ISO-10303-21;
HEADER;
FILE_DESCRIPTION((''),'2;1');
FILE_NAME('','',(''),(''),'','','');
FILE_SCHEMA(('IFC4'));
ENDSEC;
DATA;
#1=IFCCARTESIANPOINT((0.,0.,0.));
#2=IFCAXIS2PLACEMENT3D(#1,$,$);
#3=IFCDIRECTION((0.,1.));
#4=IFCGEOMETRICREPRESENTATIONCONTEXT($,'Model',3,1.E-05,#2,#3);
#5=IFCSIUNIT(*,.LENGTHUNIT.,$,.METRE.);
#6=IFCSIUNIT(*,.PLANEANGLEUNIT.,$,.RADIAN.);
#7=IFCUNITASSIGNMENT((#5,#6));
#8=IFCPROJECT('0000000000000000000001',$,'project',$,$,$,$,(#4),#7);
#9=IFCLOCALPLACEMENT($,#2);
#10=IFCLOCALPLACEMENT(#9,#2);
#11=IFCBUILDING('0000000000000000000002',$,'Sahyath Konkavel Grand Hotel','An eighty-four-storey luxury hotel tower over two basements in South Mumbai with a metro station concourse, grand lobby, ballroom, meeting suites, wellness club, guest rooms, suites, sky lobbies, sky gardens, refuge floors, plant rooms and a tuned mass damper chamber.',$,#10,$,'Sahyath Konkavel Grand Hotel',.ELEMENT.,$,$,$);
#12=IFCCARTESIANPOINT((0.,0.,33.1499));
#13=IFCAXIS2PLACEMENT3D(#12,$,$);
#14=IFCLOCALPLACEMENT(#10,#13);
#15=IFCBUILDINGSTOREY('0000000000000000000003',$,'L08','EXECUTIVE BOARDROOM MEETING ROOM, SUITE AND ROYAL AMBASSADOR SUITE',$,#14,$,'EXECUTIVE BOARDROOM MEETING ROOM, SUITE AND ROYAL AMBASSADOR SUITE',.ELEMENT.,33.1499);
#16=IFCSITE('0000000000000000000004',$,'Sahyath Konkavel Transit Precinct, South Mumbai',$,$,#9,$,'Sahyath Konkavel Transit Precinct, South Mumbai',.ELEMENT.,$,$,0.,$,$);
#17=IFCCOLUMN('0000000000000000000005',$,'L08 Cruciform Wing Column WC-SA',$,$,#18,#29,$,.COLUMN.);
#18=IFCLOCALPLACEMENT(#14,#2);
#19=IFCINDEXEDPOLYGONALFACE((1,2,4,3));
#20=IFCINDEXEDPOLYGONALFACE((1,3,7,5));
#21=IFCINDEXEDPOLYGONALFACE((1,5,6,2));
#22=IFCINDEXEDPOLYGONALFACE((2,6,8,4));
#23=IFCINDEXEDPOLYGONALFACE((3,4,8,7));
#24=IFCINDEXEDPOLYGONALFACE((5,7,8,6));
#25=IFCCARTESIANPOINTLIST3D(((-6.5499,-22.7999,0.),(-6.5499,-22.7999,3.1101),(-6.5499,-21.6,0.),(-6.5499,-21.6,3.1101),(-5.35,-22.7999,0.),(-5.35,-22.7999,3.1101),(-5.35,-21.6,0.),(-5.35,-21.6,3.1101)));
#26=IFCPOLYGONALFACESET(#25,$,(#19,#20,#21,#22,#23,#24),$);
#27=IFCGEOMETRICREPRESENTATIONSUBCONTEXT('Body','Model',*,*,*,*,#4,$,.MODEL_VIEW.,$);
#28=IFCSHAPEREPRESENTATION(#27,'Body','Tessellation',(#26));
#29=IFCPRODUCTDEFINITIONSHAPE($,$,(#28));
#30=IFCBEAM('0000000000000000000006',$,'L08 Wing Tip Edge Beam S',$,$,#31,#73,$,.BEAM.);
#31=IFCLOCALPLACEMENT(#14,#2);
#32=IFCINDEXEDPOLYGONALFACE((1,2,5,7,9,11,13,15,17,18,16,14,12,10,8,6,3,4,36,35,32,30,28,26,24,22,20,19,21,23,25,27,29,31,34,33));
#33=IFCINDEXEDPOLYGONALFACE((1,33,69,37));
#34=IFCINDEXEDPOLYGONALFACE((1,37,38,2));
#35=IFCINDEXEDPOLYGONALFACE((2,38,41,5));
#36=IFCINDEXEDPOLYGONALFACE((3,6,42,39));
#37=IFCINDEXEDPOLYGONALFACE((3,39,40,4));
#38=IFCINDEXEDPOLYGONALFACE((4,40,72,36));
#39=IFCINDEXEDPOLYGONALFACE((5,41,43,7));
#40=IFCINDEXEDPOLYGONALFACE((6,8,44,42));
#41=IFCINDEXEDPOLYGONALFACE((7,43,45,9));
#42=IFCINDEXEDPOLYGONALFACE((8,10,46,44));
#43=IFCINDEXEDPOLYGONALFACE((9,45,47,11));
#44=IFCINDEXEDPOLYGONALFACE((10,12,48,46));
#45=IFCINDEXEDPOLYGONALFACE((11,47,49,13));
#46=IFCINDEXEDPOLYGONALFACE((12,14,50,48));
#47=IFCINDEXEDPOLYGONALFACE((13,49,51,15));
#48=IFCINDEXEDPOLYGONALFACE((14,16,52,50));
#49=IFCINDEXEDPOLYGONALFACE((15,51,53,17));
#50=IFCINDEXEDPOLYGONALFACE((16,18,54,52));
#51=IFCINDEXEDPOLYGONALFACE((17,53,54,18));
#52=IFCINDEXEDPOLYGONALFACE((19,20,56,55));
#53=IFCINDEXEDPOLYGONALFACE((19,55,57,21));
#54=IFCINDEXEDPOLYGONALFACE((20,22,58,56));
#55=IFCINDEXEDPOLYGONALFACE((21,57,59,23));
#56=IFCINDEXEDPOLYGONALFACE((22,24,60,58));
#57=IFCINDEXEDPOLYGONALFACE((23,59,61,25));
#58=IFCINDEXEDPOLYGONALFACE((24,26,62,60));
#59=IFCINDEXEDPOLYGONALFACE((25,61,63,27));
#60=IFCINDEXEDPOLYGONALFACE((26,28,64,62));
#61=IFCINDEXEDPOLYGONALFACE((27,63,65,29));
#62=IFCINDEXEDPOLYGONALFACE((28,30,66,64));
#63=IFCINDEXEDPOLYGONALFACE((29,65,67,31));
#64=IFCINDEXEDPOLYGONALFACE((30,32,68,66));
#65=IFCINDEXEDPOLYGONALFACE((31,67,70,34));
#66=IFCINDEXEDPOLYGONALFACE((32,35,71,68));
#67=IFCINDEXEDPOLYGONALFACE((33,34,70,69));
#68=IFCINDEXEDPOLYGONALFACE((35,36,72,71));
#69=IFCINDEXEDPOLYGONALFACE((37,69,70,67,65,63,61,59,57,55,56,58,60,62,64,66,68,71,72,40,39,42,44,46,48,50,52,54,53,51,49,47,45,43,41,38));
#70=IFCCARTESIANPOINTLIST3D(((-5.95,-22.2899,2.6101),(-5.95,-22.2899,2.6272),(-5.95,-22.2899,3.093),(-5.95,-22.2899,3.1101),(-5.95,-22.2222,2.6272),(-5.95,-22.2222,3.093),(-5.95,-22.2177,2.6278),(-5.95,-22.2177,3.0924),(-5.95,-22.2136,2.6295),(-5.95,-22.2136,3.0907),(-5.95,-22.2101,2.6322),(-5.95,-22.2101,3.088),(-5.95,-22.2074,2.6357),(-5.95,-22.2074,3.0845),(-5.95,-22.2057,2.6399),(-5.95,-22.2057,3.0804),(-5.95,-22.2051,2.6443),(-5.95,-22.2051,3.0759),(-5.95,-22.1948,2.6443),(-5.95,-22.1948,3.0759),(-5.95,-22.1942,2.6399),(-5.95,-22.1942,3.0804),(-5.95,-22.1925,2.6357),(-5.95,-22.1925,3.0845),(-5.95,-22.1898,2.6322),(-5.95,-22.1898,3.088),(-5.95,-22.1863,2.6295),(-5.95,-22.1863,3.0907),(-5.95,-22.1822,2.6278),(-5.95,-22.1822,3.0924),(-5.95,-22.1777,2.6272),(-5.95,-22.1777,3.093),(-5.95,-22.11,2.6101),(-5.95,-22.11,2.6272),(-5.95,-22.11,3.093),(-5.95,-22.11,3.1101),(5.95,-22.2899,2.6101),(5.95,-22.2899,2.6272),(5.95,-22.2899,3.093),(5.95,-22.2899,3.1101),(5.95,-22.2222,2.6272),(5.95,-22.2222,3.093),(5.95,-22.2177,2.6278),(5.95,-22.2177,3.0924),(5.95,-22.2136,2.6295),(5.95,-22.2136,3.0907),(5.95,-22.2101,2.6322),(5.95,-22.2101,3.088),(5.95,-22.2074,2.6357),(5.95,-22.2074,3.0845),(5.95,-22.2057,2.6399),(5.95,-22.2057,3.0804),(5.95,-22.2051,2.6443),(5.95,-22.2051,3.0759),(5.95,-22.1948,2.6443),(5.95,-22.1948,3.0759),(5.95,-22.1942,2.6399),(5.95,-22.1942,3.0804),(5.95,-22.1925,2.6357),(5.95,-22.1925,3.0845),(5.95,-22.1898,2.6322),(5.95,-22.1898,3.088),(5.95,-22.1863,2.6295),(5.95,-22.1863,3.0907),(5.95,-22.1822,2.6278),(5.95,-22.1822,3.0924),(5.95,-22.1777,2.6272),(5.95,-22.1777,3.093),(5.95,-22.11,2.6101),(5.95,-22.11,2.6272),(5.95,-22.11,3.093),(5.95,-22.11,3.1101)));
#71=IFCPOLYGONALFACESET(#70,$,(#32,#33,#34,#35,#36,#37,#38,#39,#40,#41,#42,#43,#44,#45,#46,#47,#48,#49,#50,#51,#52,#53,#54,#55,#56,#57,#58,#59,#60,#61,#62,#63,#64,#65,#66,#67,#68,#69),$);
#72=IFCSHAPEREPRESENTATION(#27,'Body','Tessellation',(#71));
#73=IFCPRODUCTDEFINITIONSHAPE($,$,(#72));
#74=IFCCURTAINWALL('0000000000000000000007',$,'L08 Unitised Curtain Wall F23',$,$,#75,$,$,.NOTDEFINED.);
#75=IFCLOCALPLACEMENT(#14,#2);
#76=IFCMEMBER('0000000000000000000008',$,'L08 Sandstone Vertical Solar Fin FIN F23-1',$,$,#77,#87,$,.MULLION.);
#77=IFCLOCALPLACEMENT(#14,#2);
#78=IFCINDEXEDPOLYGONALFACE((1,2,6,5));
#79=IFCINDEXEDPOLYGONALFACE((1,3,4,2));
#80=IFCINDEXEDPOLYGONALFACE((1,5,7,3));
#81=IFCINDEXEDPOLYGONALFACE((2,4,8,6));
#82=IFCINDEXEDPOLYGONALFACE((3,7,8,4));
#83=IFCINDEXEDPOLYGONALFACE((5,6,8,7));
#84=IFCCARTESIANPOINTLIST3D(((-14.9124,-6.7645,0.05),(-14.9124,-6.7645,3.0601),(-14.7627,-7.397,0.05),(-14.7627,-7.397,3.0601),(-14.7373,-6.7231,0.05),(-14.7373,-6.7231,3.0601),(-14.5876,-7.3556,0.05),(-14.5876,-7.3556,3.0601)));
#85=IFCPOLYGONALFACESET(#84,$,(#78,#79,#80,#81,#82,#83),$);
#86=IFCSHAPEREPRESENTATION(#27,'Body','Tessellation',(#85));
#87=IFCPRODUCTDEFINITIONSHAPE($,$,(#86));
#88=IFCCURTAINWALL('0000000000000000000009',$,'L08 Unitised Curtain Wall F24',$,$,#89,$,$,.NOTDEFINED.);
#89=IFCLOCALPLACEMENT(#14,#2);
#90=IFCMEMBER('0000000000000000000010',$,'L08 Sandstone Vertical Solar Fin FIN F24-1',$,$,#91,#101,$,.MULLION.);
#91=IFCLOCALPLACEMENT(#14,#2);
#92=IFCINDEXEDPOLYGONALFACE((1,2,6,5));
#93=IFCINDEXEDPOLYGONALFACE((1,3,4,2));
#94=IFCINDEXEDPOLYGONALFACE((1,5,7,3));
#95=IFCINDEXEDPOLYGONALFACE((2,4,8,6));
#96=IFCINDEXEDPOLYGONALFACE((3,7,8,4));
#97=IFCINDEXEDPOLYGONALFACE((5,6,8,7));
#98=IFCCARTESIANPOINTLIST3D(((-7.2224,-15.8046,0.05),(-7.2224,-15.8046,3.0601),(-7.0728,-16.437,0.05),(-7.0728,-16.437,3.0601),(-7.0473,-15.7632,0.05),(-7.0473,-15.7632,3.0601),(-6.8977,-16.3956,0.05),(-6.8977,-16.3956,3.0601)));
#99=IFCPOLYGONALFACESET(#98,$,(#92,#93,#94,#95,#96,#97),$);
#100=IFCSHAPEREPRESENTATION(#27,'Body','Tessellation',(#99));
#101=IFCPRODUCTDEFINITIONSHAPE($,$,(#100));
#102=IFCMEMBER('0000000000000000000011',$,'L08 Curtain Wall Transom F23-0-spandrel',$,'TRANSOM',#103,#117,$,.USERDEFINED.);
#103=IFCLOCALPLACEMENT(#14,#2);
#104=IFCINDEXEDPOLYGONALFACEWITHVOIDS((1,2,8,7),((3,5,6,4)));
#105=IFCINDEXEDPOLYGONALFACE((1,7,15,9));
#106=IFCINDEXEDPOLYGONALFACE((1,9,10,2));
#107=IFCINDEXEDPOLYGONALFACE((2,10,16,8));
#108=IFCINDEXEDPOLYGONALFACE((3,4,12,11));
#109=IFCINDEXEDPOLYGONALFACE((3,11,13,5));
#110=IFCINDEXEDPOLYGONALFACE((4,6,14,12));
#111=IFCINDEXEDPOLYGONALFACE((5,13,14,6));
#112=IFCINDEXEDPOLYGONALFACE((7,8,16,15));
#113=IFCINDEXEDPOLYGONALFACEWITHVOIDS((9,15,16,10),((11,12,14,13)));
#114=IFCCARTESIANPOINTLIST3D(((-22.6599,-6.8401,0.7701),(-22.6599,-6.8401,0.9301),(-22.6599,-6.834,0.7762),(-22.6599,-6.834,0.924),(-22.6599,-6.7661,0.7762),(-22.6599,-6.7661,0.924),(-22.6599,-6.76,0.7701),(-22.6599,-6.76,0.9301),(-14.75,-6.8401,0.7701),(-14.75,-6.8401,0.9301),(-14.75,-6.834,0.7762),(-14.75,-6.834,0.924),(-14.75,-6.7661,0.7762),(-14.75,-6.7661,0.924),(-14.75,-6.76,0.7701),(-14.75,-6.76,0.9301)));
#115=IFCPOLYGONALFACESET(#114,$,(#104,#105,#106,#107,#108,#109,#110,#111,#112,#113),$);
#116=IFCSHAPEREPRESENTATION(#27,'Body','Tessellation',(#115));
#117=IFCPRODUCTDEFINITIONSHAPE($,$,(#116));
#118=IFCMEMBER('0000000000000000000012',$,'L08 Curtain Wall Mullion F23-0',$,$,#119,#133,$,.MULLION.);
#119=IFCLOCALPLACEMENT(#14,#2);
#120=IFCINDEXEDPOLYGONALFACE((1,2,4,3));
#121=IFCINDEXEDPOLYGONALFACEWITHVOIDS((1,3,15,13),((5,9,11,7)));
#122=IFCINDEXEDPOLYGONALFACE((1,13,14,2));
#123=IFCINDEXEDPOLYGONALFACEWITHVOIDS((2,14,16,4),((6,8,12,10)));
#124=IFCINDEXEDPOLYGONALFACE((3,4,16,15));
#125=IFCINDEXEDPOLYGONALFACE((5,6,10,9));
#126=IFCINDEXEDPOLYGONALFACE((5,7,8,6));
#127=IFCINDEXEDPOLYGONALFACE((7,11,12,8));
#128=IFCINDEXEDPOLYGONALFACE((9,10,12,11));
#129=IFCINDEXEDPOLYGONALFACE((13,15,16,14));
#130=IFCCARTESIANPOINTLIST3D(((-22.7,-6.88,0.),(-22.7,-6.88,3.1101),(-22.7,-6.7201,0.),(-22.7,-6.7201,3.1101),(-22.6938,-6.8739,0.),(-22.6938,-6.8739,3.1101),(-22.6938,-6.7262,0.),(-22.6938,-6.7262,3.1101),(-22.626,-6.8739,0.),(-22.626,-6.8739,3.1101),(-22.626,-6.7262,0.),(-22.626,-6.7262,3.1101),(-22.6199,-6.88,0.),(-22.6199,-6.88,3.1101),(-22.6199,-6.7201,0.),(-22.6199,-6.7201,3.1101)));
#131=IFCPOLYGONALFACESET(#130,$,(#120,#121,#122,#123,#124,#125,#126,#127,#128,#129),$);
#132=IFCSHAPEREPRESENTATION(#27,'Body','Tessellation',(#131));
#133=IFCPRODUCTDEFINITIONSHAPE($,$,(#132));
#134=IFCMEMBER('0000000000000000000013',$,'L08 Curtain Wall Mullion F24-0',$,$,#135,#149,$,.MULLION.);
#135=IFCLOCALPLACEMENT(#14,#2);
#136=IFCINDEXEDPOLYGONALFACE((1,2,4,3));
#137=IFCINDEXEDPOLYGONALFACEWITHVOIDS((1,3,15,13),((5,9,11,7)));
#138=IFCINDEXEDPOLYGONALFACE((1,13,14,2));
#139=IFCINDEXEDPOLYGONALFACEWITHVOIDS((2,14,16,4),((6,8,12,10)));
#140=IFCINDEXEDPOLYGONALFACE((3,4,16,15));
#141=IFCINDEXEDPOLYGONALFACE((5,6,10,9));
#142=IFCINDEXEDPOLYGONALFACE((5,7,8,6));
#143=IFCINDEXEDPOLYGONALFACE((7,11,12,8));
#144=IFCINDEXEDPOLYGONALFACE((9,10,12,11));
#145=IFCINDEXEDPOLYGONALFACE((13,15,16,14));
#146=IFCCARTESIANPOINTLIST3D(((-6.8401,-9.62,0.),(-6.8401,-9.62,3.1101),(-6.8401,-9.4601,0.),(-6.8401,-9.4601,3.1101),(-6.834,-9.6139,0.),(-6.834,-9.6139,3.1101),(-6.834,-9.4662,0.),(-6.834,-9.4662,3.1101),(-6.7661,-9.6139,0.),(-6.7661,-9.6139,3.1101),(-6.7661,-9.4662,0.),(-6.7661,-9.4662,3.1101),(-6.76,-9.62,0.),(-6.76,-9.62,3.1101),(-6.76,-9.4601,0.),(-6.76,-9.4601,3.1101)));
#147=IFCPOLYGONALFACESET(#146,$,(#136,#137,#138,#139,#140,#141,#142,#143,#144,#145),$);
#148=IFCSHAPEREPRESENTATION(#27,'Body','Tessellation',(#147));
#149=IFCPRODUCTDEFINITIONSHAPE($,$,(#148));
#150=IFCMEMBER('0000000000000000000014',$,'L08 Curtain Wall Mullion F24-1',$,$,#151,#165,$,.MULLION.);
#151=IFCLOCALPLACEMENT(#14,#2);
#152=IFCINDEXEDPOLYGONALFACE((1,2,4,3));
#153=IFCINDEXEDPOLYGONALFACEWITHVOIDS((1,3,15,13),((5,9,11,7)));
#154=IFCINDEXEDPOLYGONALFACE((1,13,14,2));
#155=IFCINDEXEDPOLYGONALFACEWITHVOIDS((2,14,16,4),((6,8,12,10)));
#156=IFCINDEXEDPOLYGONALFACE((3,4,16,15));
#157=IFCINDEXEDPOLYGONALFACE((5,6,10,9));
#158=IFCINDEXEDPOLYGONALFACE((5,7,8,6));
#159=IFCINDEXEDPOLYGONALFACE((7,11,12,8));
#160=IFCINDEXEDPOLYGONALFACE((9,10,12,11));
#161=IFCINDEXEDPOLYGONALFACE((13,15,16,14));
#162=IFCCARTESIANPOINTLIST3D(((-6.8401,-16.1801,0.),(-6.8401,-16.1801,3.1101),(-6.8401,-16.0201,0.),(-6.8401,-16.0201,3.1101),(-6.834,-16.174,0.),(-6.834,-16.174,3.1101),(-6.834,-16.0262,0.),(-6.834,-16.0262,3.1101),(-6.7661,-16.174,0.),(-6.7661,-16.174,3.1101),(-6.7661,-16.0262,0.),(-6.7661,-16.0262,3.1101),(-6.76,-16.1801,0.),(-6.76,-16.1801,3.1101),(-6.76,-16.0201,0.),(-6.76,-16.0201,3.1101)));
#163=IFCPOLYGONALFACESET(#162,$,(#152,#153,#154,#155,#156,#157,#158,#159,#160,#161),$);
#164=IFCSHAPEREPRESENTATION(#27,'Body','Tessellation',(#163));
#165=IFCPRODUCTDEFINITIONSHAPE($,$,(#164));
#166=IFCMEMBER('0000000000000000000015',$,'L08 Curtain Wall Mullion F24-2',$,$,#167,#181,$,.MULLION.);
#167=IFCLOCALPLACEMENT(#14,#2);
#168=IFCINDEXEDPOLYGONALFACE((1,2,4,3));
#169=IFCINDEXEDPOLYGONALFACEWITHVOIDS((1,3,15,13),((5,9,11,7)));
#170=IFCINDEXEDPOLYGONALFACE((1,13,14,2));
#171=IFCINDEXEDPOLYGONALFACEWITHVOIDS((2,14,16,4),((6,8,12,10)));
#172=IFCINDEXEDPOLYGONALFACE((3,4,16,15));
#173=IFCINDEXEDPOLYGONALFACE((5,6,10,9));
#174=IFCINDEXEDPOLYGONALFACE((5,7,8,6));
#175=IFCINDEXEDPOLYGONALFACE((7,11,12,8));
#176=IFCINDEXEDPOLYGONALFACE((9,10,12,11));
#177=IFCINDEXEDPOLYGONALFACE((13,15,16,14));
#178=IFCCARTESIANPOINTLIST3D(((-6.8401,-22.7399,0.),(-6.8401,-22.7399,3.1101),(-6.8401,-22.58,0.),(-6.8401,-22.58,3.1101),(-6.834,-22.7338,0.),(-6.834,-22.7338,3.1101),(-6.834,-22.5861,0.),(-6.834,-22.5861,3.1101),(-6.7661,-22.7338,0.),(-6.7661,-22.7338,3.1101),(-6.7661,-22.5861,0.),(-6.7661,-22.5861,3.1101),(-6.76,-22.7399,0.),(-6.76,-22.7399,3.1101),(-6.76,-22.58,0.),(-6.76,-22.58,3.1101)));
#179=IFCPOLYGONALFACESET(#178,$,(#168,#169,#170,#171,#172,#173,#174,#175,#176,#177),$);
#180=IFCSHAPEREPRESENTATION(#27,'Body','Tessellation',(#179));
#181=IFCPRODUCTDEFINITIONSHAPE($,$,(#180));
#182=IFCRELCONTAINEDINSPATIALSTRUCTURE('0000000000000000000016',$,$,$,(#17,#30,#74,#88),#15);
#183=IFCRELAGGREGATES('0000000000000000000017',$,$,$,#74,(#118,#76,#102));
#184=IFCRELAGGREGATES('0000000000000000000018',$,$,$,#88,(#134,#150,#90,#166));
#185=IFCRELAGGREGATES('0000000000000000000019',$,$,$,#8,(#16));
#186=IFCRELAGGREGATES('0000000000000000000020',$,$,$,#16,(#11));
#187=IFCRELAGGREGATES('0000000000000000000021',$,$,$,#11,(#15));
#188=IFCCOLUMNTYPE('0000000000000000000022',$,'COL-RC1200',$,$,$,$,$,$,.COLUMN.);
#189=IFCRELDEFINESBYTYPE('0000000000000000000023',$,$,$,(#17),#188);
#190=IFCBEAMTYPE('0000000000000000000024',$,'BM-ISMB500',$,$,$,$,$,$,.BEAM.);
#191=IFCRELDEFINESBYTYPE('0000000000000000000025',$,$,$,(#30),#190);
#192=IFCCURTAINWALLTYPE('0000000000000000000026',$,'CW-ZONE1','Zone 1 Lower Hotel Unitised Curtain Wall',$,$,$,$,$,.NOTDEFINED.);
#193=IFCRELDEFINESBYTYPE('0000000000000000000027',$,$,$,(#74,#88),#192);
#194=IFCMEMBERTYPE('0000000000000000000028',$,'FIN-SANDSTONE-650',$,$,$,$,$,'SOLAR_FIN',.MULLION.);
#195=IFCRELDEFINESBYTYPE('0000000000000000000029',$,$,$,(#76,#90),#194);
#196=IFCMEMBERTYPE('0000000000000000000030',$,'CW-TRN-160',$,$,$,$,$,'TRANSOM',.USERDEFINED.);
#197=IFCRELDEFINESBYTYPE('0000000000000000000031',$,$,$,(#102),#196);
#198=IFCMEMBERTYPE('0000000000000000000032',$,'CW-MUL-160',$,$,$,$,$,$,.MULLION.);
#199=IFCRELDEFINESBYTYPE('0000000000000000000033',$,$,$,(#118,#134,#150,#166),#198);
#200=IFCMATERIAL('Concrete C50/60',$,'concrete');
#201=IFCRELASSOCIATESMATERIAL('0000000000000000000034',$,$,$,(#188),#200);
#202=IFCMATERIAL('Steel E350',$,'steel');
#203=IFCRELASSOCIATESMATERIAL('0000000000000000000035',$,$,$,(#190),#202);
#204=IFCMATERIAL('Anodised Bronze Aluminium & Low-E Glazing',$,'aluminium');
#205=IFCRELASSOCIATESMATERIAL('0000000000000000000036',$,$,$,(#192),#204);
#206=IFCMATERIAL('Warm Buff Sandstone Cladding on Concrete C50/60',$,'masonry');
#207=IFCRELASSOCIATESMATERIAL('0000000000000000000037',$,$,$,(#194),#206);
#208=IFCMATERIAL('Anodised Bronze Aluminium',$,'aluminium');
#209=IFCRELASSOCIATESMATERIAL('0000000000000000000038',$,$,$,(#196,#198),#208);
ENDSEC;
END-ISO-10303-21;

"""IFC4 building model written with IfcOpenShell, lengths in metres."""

from ifc_helpers import new_model, si_unit, direction, frame, origin, origin_2d, place, context, subcontext, project, spatial, rectangle, hollow_rectangle, i_section, extrude, source, transform, mapped, material, material_profile, profile_set, type_object, element, aggregate, save


model = new_model("IFC4")

# Units and contexts
model_context = context("Model", 3, precision=1e-05, world=origin(), true_north=direction((0.0, 1.0)))
body_context = subcontext(model_context, "Body", "Model", "MODEL_VIEW")
ifc_project = project(units=[si_unit("LENGTHUNIT", "METRE"), si_unit("PLANEANGLEUNIT", "RADIAN")], contexts=[model_context])

# Site, building, storey
site_placement = place(None, origin())
site = spatial("IfcSite", under=ifc_project, at=site_placement, Name="Sahyath Konkavel Transit Precinct, South Mumbai", LongName="Sahyath Konkavel Transit Precinct, South Mumbai", CompositionType="ELEMENT", RefElevation=0.0)
building_placement = place(site_placement, origin())
building = spatial("IfcBuilding", under=site, at=building_placement, Name="Sahyath Konkavel Grand Hotel", Description="An eighty-four-storey luxury hotel tower over two basements in South Mumbai with a metro station concourse, grand lobby, ballroom, meeting suites, wellness club, guest rooms, suites, sky lobbies, sky gardens, refuge floors, plant rooms and a tuned mass damper chamber.", LongName="Sahyath Konkavel Grand Hotel", CompositionType="ELEMENT")
storey_placement = place(building_placement, frame((0.0, 0.0, 33.1499)))
storey = spatial("IfcBuildingStorey", under=building, at=storey_placement, Name="L08", Description="EXECUTIVE BOARDROOM MEETING ROOM, SUITE AND ROYAL AMBASSADOR SUITE", LongName="EXECUTIVE BOARDROOM MEETING ROOM, SUITE AND ROYAL AMBASSADOR SUITE", CompositionType="ELEMENT", Elevation=33.1499)

# Column
ifc_material_1 = material(Name="Concrete C50/60", Category="concrete")
ifc_material_profile_1 = material_profile(ifc_material_1, rectangle(XDim=1.2, YDim=1.2, at=origin_2d()), Name="RC 1200x1200")
ifc_profile_set_1 = profile_set([ifc_material_profile_1], Name="Concrete C50/60")
column_type = type_object("IfcColumnType", Name="COL-RC1200", PredefinedType="COLUMN", material=ifc_profile_set_1)
shared_shape_1 = source(origin(), body_context, "Body", "SweptSolid", [
    extrude(rectangle(XDim=1.2, YDim=1.2, at=origin_2d()), origin(), (0.0, 0.0, 1.0), 3.1101),
])
column_placement = place(storey_placement, frame((-5.95, -22.2, 0.0), z_axis=(0.0, 0.0, 1.0), x_axis=(1.0, 0.0, 0.0)))
element("IfcColumn", 1, at=column_placement, inside=storey, type_object=column_type, Name="L08 Cruciform Wing Column WC-SA", PredefinedType="COLUMN", context=body_context, shape_type="MappedRepresentation", body=[
    mapped(shared_shape_1, transform((0.0, 0.0, 0.0), scale=1.0)),
])

# Beam
ifc_material_2 = material(Name="Steel E350", Category="steel")
ifc_material_profile_2 = material_profile(ifc_material_2, i_section(OverallWidth=0.1799, OverallDepth=0.5, WebThickness=0.0103, FlangeThickness=0.0171, FilletRadius=0.0171, at=origin_2d()), Name="ISMB 500")
ifc_profile_set_2 = profile_set([ifc_material_profile_2], Name="Steel E350")
beam_type = type_object("IfcBeamType", Name="BM-ISMB500", PredefinedType="BEAM", material=ifc_profile_set_2)
shared_shape_2 = source(origin(), body_context, "Body", "SweptSolid", [
    extrude(i_section(OverallWidth=0.1799, OverallDepth=0.5, WebThickness=0.0103, FlangeThickness=0.0171, FilletRadius=0.0171, at=origin_2d()), origin(), (0.0, 0.0, 1.0), 11.8999),
])
beam_placement = place(storey_placement, frame((-5.95, -22.2, 2.8601), z_axis=(1.0, 0.0, 0.0), x_axis=(0.0, 1.0, 0.0)))
element("IfcBeam", 2, at=beam_placement, inside=storey, type_object=beam_type, Name="L08 Wing Tip Edge Beam S", PredefinedType="BEAM", context=body_context, shape_type="MappedRepresentation", body=[
    mapped(shared_shape_2, transform((0.0, 0.0, 0.0), scale=1.0)),
])

# Curtain walls, members
ifc_material_3 = material(Name="Anodised Bronze Aluminium & Low-E Glazing", Category="aluminium")
curtain_wall_type = type_object("IfcCurtainWallType", Name="CW-ZONE1", Description="Zone 1 Lower Hotel Unitised Curtain Wall", PredefinedType="NOTDEFINED", material=ifc_material_3)
curtain_wall_1_placement = place(storey_placement, origin())
curtain_wall_1 = element("IfcCurtainWall", 3, at=curtain_wall_1_placement, inside=storey, type_object=curtain_wall_type, Name="L08 Unitised Curtain Wall F23", PredefinedType="NOTDEFINED")
ifc_material_4 = material(Name="Warm Buff Sandstone Cladding on Concrete C50/60", Category="masonry")
ifc_material_profile_3 = material_profile(ifc_material_4, rectangle(XDim=0.1799, YDim=0.6499, at=origin_2d()), Name="FIN 180x650")
ifc_profile_set_3 = profile_set([ifc_material_profile_3], Name="Warm Buff Sandstone Cladding on Concrete C50/60")
member_type_1 = type_object("IfcMemberType", Name="FIN-SANDSTONE-650", ElementType="SOLAR_FIN", PredefinedType="MULLION", material=ifc_profile_set_3)
shared_shape_3 = source(origin(), body_context, "Body", "SweptSolid", [
    extrude(rectangle(XDim=0.1799, YDim=0.6499, at=origin_2d()), origin(), (0.0, 0.0, 1.0), 3.01),
])
member_1_placement = place(storey_placement, frame((-14.75, -7.0601, 0.05), z_axis=(0.0, 0.0, 1.0), x_axis=(0.973139, 0.23022, 0.0)))
member_1 = element("IfcMember", 4, at=member_1_placement, type_object=member_type_1, Name="L08 Sandstone Vertical Solar Fin FIN F23-1", PredefinedType="MULLION", context=body_context, shape_type="MappedRepresentation", body=[
    mapped(shared_shape_3, transform((0.0, 0.0, 0.0), scale=1.0)),
])
curtain_wall_2_placement = place(storey_placement, origin())
curtain_wall_2 = element("IfcCurtainWall", 5, at=curtain_wall_2_placement, inside=storey, type_object=curtain_wall_type, Name="L08 Unitised Curtain Wall F24", PredefinedType="NOTDEFINED")
member_2_placement = place(storey_placement, frame((-7.0601, -16.1001, 0.05), z_axis=(0.0, 0.0, 1.0), x_axis=(0.973139, 0.23022, 0.0)))
member_2 = element("IfcMember", 6, at=member_2_placement, type_object=member_type_1, Name="L08 Sandstone Vertical Solar Fin FIN F24-1", PredefinedType="MULLION", context=body_context, shape_type="MappedRepresentation", body=[
    mapped(shared_shape_3, transform((0.0, 0.0, 0.0), scale=1.0)),
])

# Members
ifc_material_5 = material(Name="Anodised Bronze Aluminium", Category="aluminium")
ifc_material_profile_4 = material_profile(ifc_material_5, hollow_rectangle(XDim=0.0801, YDim=0.1599, WallThickness=0.0061, at=origin_2d()), Name="RHS 160x80x6")
ifc_profile_set_4 = profile_set([ifc_material_profile_4], Name="Anodised Bronze Aluminium")
member_type_2 = type_object("IfcMemberType", Name="CW-TRN-160", ElementType="TRANSOM", PredefinedType="USERDEFINED", material=ifc_profile_set_4)
shared_shape_4 = source(origin(), body_context, "Body", "SweptSolid", [
    extrude(hollow_rectangle(XDim=0.0801, YDim=0.1599, WallThickness=0.0061, at=origin_2d()), origin(), (0.0, 0.0, 1.0), 7.9099),
])
member_3_placement = place(storey_placement, frame((-22.6599, -6.8, 0.8501), z_axis=(1.0, 0.0, 0.0), x_axis=(0.0, 1.0, 0.0)))
member_3 = element("IfcMember", 7, at=member_3_placement, type_object=member_type_2, Name="L08 Curtain Wall Transom F23-0-spandrel", ObjectType="TRANSOM", PredefinedType="USERDEFINED", context=body_context, shape_type="MappedRepresentation", body=[
    mapped(shared_shape_4, transform((0.0, 0.0, 0.0), scale=1.0)),
])
ifc_material_profile_5 = material_profile(ifc_material_5, hollow_rectangle(XDim=0.0801, YDim=0.1599, WallThickness=0.0061, at=origin_2d()), Name="RHS 160x80x6")
ifc_profile_set_5 = profile_set([ifc_material_profile_5], Name="Anodised Bronze Aluminium")
member_type_3 = type_object("IfcMemberType", Name="CW-MUL-160", PredefinedType="MULLION", material=ifc_profile_set_5)
shared_shape_5 = source(origin(), body_context, "Body", "SweptSolid", [
    extrude(hollow_rectangle(XDim=0.0801, YDim=0.1599, WallThickness=0.0061, at=origin_2d()), origin(), (0.0, 0.0, 1.0), 3.1101),
])
member_4_placement = place(storey_placement, frame((-22.6599, -6.8, 0.0), z_axis=(0.0, 0.0, 1.0), x_axis=(1.0, 0.0, 0.0)))
member_4 = element("IfcMember", 8, at=member_4_placement, type_object=member_type_3, Name="L08 Curtain Wall Mullion F23-0", PredefinedType="MULLION", context=body_context, shape_type="MappedRepresentation", body=[
    mapped(shared_shape_5, transform((0.0, 0.0, 0.0), scale=1.0)),
])
member_5_placement = place(storey_placement, frame((-6.8, -9.54, 0.0), z_axis=(0.0, 0.0, 1.0), x_axis=(1.0, 0.0, 0.0)))
member_5 = element("IfcMember", 9, at=member_5_placement, type_object=member_type_3, Name="L08 Curtain Wall Mullion F24-0", PredefinedType="MULLION", context=body_context, shape_type="MappedRepresentation", body=[
    mapped(shared_shape_5, transform((0.0, 0.0, 0.0), scale=1.0)),
])
member_6_placement = place(storey_placement, frame((-6.8, -16.1001, 0.0), z_axis=(0.0, 0.0, 1.0), x_axis=(1.0, 0.0, 0.0)))
member_6 = element("IfcMember", 10, at=member_6_placement, type_object=member_type_3, Name="L08 Curtain Wall Mullion F24-1", PredefinedType="MULLION", context=body_context, shape_type="MappedRepresentation", body=[
    mapped(shared_shape_5, transform((0.0, 0.0, 0.0), scale=1.0)),
])
member_7_placement = place(storey_placement, frame((-6.8, -22.6599, 0.0), z_axis=(0.0, 0.0, 1.0), x_axis=(1.0, 0.0, 0.0)))
member_7 = element("IfcMember", 11, at=member_7_placement, type_object=member_type_3, Name="L08 Curtain Wall Mullion F24-2", PredefinedType="MULLION", context=body_context, shape_type="MappedRepresentation", body=[
    mapped(shared_shape_5, transform((0.0, 0.0, 0.0), scale=1.0)),
])

aggregate(curtain_wall_1, [member_4, member_1, member_3])
aggregate(curtain_wall_2, [member_5, member_6, member_2, member_7])

save(model, "model.ifc")
